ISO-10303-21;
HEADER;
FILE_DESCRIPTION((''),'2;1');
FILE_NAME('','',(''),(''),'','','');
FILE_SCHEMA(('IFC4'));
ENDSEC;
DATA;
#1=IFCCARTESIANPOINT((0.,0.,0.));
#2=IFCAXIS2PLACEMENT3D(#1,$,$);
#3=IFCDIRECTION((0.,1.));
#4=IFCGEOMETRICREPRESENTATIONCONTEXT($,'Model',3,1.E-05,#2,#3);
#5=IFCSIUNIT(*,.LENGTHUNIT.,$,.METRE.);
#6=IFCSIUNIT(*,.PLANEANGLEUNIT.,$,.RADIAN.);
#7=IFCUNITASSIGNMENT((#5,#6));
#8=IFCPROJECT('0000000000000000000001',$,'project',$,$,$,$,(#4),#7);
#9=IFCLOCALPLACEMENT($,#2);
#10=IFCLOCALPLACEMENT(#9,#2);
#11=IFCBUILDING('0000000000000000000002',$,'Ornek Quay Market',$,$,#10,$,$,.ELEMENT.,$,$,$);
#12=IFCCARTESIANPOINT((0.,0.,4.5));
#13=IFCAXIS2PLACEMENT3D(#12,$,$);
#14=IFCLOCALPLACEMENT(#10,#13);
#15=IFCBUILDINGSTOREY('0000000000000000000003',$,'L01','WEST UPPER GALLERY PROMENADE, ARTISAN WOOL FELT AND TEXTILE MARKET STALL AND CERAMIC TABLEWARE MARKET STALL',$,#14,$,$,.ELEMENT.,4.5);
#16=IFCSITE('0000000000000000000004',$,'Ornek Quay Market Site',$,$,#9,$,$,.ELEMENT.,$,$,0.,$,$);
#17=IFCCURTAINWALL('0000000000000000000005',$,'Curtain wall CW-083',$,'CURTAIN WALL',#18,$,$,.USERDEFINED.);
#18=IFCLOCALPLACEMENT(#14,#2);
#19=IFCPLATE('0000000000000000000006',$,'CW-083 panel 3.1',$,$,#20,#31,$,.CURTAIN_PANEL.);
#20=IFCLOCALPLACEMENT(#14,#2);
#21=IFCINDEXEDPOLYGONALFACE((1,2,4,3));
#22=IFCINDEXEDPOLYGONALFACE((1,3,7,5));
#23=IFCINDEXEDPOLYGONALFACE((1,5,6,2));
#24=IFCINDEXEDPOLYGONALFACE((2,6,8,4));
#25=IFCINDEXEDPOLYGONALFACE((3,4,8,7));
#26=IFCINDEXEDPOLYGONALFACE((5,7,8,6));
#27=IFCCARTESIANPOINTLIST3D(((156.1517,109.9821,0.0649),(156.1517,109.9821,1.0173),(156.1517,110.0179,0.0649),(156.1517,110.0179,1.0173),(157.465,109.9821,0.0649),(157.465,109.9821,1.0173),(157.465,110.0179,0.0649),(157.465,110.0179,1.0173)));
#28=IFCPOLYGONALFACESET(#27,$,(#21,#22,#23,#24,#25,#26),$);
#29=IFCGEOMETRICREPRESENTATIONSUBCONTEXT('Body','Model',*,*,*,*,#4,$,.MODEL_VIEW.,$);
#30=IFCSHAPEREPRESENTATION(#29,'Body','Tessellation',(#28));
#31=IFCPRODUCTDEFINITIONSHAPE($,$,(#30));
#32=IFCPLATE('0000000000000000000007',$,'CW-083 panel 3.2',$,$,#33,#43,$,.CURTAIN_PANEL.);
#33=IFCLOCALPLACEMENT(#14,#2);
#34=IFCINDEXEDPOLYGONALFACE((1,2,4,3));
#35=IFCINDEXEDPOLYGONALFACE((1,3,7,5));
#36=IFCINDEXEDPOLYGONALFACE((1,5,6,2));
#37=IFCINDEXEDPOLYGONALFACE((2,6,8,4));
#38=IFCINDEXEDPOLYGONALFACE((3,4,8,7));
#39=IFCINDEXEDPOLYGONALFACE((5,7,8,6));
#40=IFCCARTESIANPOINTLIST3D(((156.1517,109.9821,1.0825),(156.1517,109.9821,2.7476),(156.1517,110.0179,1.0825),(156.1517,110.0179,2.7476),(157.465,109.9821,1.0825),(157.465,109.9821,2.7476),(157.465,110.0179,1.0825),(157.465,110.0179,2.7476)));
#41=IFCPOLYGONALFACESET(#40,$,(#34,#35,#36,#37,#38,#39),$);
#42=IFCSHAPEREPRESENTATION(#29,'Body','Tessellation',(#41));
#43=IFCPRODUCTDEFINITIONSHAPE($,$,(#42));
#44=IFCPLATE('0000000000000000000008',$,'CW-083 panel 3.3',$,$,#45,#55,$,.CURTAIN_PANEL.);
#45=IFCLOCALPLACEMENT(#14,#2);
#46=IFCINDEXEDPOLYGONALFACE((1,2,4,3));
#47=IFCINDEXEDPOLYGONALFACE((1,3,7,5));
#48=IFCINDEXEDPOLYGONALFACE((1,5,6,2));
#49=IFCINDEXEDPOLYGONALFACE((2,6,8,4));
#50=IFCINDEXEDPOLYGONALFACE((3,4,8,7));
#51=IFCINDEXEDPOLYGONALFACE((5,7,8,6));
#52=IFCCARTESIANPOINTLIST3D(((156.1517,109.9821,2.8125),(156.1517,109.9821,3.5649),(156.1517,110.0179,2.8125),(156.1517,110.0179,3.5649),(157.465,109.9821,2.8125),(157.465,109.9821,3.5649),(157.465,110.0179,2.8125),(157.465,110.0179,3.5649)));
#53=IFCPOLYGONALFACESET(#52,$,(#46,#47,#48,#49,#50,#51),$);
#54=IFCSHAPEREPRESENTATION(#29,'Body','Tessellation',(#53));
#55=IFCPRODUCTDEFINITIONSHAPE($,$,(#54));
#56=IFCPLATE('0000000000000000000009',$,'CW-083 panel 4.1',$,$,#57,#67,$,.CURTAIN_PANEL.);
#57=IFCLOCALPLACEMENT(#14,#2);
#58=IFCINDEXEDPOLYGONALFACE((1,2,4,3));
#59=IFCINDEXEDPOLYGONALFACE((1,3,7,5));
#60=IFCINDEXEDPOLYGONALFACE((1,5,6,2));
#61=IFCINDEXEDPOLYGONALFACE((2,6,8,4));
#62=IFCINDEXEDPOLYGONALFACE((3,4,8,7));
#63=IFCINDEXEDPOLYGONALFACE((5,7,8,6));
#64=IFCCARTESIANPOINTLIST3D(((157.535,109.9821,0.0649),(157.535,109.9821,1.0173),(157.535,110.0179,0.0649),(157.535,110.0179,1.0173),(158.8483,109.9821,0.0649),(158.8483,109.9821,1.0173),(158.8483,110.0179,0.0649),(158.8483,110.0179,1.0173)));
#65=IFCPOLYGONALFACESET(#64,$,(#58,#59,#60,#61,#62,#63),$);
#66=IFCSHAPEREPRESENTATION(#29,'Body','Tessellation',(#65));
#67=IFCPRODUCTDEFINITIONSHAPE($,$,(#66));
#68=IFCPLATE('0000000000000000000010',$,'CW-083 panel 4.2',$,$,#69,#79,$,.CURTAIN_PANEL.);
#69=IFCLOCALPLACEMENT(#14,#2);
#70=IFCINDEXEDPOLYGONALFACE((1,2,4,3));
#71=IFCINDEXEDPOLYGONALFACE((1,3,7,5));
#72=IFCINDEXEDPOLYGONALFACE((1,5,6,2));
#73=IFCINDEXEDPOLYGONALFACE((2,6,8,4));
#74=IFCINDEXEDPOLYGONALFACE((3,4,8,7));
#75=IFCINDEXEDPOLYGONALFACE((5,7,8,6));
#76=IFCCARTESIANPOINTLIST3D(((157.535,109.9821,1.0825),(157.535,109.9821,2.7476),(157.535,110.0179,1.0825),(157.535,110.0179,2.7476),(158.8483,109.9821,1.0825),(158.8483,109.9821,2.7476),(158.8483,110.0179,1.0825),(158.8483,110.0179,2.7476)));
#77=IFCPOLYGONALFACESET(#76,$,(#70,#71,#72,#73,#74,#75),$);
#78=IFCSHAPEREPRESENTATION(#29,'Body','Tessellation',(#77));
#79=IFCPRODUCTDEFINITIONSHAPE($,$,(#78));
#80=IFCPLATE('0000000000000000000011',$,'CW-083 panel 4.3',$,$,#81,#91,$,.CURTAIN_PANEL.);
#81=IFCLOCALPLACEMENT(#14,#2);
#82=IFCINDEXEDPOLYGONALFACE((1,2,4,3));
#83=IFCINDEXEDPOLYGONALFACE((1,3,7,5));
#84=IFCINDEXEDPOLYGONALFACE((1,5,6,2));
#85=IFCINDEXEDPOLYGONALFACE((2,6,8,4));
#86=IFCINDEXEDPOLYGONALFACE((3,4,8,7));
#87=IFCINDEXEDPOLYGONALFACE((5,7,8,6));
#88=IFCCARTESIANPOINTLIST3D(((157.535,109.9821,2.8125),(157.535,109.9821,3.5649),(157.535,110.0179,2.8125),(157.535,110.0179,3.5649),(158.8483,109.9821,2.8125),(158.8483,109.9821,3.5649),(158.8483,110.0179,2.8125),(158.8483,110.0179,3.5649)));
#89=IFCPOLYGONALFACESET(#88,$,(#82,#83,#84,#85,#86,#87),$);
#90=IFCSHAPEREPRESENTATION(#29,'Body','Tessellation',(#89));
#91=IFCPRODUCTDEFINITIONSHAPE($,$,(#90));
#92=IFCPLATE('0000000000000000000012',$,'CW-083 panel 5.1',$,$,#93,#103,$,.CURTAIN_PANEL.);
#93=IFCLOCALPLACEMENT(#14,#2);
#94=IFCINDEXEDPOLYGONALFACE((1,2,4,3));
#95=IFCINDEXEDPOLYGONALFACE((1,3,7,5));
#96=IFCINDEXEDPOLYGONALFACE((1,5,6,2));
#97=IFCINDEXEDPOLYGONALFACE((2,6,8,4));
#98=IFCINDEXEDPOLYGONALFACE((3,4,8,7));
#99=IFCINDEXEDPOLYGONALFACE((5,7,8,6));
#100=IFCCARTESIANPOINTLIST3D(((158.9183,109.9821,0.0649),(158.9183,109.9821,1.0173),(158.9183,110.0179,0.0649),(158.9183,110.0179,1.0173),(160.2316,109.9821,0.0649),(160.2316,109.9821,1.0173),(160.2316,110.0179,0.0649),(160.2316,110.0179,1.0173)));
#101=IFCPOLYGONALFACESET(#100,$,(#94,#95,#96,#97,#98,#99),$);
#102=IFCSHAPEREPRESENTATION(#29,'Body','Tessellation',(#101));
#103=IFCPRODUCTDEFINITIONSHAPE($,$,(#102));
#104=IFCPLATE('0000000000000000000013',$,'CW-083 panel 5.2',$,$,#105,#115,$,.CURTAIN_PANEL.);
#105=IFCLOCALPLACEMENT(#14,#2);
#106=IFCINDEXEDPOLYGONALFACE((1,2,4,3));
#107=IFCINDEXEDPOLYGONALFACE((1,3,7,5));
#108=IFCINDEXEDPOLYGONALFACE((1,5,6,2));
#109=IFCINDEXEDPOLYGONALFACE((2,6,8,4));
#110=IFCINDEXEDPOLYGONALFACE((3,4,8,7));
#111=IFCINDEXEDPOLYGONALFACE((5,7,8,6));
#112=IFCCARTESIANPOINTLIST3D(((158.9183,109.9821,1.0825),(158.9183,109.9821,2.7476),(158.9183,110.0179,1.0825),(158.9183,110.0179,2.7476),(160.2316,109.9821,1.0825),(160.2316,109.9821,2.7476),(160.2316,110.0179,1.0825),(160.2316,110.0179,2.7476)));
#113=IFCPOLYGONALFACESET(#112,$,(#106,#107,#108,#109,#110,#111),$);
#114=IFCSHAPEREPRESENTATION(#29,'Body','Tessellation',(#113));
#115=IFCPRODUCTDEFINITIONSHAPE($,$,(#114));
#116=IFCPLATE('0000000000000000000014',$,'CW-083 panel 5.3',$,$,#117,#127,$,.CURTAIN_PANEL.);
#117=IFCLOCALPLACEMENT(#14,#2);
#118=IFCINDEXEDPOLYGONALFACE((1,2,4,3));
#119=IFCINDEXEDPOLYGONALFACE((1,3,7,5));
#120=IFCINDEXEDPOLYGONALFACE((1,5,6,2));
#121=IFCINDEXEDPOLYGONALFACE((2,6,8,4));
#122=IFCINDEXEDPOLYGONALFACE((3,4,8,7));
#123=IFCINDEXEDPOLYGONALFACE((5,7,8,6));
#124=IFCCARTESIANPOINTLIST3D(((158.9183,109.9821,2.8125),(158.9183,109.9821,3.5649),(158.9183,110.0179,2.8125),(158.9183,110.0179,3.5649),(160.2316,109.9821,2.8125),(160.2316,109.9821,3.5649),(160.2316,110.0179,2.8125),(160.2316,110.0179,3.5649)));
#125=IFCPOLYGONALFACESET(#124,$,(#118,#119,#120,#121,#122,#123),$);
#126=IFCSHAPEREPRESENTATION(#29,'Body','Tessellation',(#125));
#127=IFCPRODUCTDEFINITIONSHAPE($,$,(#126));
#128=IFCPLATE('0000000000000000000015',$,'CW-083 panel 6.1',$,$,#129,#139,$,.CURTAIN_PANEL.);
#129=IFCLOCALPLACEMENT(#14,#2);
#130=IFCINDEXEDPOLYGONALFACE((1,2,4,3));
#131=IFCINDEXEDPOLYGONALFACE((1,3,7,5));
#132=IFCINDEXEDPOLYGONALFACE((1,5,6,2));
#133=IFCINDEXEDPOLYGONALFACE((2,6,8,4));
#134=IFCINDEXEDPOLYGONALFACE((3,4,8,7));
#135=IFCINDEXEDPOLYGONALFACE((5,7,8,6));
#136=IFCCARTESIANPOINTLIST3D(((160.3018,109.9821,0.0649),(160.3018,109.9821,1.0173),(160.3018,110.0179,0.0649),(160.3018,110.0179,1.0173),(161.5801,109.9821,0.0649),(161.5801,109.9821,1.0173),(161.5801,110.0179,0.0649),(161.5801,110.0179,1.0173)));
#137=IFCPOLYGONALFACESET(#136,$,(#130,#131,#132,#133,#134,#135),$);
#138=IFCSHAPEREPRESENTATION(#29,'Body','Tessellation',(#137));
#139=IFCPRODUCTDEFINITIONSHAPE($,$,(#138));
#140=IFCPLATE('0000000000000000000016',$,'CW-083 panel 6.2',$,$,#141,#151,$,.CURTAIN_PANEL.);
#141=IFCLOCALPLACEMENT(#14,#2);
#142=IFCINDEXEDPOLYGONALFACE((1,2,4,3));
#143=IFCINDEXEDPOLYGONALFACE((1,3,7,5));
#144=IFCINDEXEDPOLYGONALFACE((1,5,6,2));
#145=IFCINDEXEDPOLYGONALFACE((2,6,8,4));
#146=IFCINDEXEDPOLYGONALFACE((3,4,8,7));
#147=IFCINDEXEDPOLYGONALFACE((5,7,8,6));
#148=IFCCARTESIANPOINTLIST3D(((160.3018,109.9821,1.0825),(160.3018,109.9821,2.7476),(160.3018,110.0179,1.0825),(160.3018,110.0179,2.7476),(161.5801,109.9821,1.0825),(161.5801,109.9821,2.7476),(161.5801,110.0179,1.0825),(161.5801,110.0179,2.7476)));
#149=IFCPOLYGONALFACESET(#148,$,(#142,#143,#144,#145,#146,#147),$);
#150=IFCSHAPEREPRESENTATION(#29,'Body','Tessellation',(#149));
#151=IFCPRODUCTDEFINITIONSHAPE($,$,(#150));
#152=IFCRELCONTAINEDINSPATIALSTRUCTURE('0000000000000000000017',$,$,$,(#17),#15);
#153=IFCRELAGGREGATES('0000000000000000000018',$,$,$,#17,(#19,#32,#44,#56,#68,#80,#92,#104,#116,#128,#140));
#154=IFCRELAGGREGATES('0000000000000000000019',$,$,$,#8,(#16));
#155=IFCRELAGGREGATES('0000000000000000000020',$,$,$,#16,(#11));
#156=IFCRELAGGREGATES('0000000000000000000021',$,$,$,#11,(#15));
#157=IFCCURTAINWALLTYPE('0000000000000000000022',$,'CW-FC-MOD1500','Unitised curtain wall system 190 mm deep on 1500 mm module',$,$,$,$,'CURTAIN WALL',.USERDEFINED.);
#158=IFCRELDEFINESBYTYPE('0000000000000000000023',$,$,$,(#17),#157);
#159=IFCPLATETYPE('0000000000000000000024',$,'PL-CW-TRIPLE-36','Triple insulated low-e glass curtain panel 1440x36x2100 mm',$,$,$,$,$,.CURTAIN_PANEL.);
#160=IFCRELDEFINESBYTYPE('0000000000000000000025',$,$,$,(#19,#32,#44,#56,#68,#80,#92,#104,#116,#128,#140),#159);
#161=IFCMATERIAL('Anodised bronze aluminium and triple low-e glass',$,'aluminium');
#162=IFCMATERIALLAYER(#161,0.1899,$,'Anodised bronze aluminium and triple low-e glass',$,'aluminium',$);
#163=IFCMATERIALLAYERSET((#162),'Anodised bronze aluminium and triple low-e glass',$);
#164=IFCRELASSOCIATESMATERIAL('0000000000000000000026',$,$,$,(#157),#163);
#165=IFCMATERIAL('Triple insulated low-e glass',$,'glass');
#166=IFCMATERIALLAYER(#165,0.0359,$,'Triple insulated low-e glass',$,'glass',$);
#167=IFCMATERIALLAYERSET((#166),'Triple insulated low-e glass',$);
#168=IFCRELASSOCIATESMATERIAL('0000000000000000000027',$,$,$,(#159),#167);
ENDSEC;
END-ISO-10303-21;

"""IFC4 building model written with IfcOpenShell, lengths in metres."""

from ifc_helpers import new_model, si_unit, direction, frame, origin, origin_2d, place, context, subcontext, project, spatial, rectangle, extrude, material, layer, layer_set, type_object, element, aggregate, save


model = new_model("IFC4")

# Units and contexts
model_context = context("Model", 3, precision=1e-05, world=origin(), true_north=direction((0.0, 1.0)))
body_context = subcontext(model_context, "Body", "Model", "MODEL_VIEW")
ifc_project = project(units=[si_unit("LENGTHUNIT", "METRE"), si_unit("PLANEANGLEUNIT", "RADIAN")], contexts=[model_context])

# Site, building, storey
site_placement = place(None, origin())
site = spatial("IfcSite", under=ifc_project, at=site_placement, Name="Ornek Quay Market Site", CompositionType="ELEMENT", RefElevation=0.0)
building_placement = place(site_placement, origin())
building = spatial("IfcBuilding", under=site, at=building_placement, Name="Ornek Quay Market", CompositionType="ELEMENT")
storey_placement = place(building_placement, frame((0.0, 0.0, 4.5)))
storey = spatial("IfcBuildingStorey", under=building, at=storey_placement, Name="L01", Description="WEST UPPER GALLERY PROMENADE, ARTISAN WOOL FELT AND TEXTILE MARKET STALL AND CERAMIC TABLEWARE MARKET STALL", CompositionType="ELEMENT", Elevation=4.5)

# Curtain wall, plates
ifc_material_1 = material(Name="Anodised bronze aluminium and triple low-e glass", Category="aluminium")
ifc_layer_1 = layer(ifc_material_1, 0.1899, Name="Anodised bronze aluminium and triple low-e glass", Category="aluminium")
ifc_layer_set_1 = layer_set([ifc_layer_1], Name="Anodised bronze aluminium and triple low-e glass")
curtain_wall_type = type_object("IfcCurtainWallType", Name="CW-FC-MOD1500", Description="Unitised curtain wall system 190 mm deep on 1500 mm module", ElementType="CURTAIN WALL", PredefinedType="USERDEFINED", material=ifc_layer_set_1)
curtain_wall_placement = place(storey_placement, origin())
curtain_wall = element("IfcCurtainWall", 1, at=curtain_wall_placement, inside=storey, type_object=curtain_wall_type, Name="Curtain wall CW-083", ObjectType="CURTAIN WALL", PredefinedType="USERDEFINED")
ifc_material_2 = material(Name="Triple insulated low-e glass", Category="glass")
ifc_layer_2 = layer(ifc_material_2, 0.0359, Name="Triple insulated low-e glass", Category="glass")
ifc_layer_set_2 = layer_set([ifc_layer_2], Name="Triple insulated low-e glass")
plate_type = type_object("IfcPlateType", Name="PL-CW-TRIPLE-36", Description="Triple insulated low-e glass curtain panel 1440x36x2100 mm", PredefinedType="CURTAIN_PANEL", material=ifc_layer_set_2)
plate_1_placement = place(storey_placement, frame((156.8083, 110.0, 0.0649), z_axis=(0.0, 0.0, 1.0), x_axis=(1.0, 0.0, 0.0)))
plate_1 = element("IfcPlate", 2, at=plate_1_placement, type_object=plate_type, Name="CW-083 panel 3.1", PredefinedType="CURTAIN_PANEL", context=body_context, shape_type="SweptSolid", body=[
    extrude(rectangle(XDim=1.3132, YDim=0.0359, at=origin_2d()), origin(), (0.0, 0.0, 1.0), 0.9524),
])
plate_2_placement = place(storey_placement, frame((156.8083, 110.0, 1.0825), z_axis=(0.0, 0.0, 1.0), x_axis=(1.0, 0.0, 0.0)))
plate_2 = element("IfcPlate", 3, at=plate_2_placement, type_object=plate_type, Name="CW-083 panel 3.2", PredefinedType="CURTAIN_PANEL", context=body_context, shape_type="SweptSolid", body=[
    extrude(rectangle(XDim=1.3132, YDim=0.0359, at=origin_2d()), origin(), (0.0, 0.0, 1.0), 1.665),
])
plate_3_placement = place(storey_placement, frame((156.8083, 110.0, 2.8125), z_axis=(0.0, 0.0, 1.0), x_axis=(1.0, 0.0, 0.0)))
plate_3 = element("IfcPlate", 4, at=plate_3_placement, type_object=plate_type, Name="CW-083 panel 3.3", PredefinedType="CURTAIN_PANEL", context=body_context, shape_type="SweptSolid", body=[
    extrude(rectangle(XDim=1.3132, YDim=0.0359, at=origin_2d()), origin(), (0.0, 0.0, 1.0), 0.7524),
])
plate_4_placement = place(storey_placement, frame((158.1917, 110.0, 0.0649), z_axis=(0.0, 0.0, 1.0), x_axis=(1.0, 0.0, 0.0)))
plate_4 = element("IfcPlate", 5, at=plate_4_placement, type_object=plate_type, Name="CW-083 panel 4.1", PredefinedType="CURTAIN_PANEL", context=body_context, shape_type="SweptSolid", body=[
    extrude(rectangle(XDim=1.3132, YDim=0.0359, at=origin_2d()), origin(), (0.0, 0.0, 1.0), 0.9524),
])
plate_5_placement = place(storey_placement, frame((158.1917, 110.0, 1.0825), z_axis=(0.0, 0.0, 1.0), x_axis=(1.0, 0.0, 0.0)))
plate_5 = element("IfcPlate", 6, at=plate_5_placement, type_object=plate_type, Name="CW-083 panel 4.2", PredefinedType="CURTAIN_PANEL", context=body_context, shape_type="SweptSolid", body=[
    extrude(rectangle(XDim=1.3132, YDim=0.0359, at=origin_2d()), origin(), (0.0, 0.0, 1.0), 1.665),
])
plate_6_placement = place(storey_placement, frame((158.1917, 110.0, 2.8125), z_axis=(0.0, 0.0, 1.0), x_axis=(1.0, 0.0, 0.0)))
plate_6 = element("IfcPlate", 7, at=plate_6_placement, type_object=plate_type, Name="CW-083 panel 4.3", PredefinedType="CURTAIN_PANEL", context=body_context, shape_type="SweptSolid", body=[
    extrude(rectangle(XDim=1.3132, YDim=0.0359, at=origin_2d()), origin(), (0.0, 0.0, 1.0), 0.7524),
])
plate_7_placement = place(storey_placement, frame((159.575, 110.0, 0.0649), z_axis=(0.0, 0.0, 1.0), x_axis=(1.0, 0.0, 0.0)))
plate_7 = element("IfcPlate", 8, at=plate_7_placement, type_object=plate_type, Name="CW-083 panel 5.1", PredefinedType="CURTAIN_PANEL", context=body_context, shape_type="SweptSolid", body=[
    extrude(rectangle(XDim=1.3132, YDim=0.0359, at=origin_2d()), origin(), (0.0, 0.0, 1.0), 0.9524),
])
plate_8_placement = place(storey_placement, frame((159.575, 110.0, 1.0825), z_axis=(0.0, 0.0, 1.0), x_axis=(1.0, 0.0, 0.0)))
plate_8 = element("IfcPlate", 9, at=plate_8_placement, type_object=plate_type, Name="CW-083 panel 5.2", PredefinedType="CURTAIN_PANEL", context=body_context, shape_type="SweptSolid", body=[
    extrude(rectangle(XDim=1.3132, YDim=0.0359, at=origin_2d()), origin(), (0.0, 0.0, 1.0), 1.665),
])
plate_9_placement = place(storey_placement, frame((159.575, 110.0, 2.8125), z_axis=(0.0, 0.0, 1.0), x_axis=(1.0, 0.0, 0.0)))
plate_9 = element("IfcPlate", 10, at=plate_9_placement, type_object=plate_type, Name="CW-083 panel 5.3", PredefinedType="CURTAIN_PANEL", context=body_context, shape_type="SweptSolid", body=[
    extrude(rectangle(XDim=1.3132, YDim=0.0359, at=origin_2d()), origin(), (0.0, 0.0, 1.0), 0.7524),
])
plate_10_placement = place(storey_placement, frame((160.9409, 110.0, 0.0649), z_axis=(0.0, 0.0, 1.0), x_axis=(1.0, 0.0, 0.0)))
plate_10 = element("IfcPlate", 11, at=plate_10_placement, type_object=plate_type, Name="CW-083 panel 6.1", PredefinedType="CURTAIN_PANEL", context=body_context, shape_type="SweptSolid", body=[
    extrude(rectangle(XDim=1.2783, YDim=0.0359, at=origin_2d()), origin(), (0.0, 0.0, 1.0), 0.9524),
])
plate_11_placement = place(storey_placement, frame((160.9409, 110.0, 1.0825), z_axis=(0.0, 0.0, 1.0), x_axis=(1.0, 0.0, 0.0)))
plate_11 = element("IfcPlate", 12, at=plate_11_placement, type_object=plate_type, Name="CW-083 panel 6.2", PredefinedType="CURTAIN_PANEL", context=body_context, shape_type="SweptSolid", body=[
    extrude(rectangle(XDim=1.2783, YDim=0.0359, at=origin_2d()), origin(), (0.0, 0.0, 1.0), 1.665),
])
aggregate(curtain_wall, [plate_1, plate_2, plate_3, plate_4, plate_5, plate_6, plate_7, plate_8, plate_9, plate_10, plate_11])

save(model, "model.ifc")
